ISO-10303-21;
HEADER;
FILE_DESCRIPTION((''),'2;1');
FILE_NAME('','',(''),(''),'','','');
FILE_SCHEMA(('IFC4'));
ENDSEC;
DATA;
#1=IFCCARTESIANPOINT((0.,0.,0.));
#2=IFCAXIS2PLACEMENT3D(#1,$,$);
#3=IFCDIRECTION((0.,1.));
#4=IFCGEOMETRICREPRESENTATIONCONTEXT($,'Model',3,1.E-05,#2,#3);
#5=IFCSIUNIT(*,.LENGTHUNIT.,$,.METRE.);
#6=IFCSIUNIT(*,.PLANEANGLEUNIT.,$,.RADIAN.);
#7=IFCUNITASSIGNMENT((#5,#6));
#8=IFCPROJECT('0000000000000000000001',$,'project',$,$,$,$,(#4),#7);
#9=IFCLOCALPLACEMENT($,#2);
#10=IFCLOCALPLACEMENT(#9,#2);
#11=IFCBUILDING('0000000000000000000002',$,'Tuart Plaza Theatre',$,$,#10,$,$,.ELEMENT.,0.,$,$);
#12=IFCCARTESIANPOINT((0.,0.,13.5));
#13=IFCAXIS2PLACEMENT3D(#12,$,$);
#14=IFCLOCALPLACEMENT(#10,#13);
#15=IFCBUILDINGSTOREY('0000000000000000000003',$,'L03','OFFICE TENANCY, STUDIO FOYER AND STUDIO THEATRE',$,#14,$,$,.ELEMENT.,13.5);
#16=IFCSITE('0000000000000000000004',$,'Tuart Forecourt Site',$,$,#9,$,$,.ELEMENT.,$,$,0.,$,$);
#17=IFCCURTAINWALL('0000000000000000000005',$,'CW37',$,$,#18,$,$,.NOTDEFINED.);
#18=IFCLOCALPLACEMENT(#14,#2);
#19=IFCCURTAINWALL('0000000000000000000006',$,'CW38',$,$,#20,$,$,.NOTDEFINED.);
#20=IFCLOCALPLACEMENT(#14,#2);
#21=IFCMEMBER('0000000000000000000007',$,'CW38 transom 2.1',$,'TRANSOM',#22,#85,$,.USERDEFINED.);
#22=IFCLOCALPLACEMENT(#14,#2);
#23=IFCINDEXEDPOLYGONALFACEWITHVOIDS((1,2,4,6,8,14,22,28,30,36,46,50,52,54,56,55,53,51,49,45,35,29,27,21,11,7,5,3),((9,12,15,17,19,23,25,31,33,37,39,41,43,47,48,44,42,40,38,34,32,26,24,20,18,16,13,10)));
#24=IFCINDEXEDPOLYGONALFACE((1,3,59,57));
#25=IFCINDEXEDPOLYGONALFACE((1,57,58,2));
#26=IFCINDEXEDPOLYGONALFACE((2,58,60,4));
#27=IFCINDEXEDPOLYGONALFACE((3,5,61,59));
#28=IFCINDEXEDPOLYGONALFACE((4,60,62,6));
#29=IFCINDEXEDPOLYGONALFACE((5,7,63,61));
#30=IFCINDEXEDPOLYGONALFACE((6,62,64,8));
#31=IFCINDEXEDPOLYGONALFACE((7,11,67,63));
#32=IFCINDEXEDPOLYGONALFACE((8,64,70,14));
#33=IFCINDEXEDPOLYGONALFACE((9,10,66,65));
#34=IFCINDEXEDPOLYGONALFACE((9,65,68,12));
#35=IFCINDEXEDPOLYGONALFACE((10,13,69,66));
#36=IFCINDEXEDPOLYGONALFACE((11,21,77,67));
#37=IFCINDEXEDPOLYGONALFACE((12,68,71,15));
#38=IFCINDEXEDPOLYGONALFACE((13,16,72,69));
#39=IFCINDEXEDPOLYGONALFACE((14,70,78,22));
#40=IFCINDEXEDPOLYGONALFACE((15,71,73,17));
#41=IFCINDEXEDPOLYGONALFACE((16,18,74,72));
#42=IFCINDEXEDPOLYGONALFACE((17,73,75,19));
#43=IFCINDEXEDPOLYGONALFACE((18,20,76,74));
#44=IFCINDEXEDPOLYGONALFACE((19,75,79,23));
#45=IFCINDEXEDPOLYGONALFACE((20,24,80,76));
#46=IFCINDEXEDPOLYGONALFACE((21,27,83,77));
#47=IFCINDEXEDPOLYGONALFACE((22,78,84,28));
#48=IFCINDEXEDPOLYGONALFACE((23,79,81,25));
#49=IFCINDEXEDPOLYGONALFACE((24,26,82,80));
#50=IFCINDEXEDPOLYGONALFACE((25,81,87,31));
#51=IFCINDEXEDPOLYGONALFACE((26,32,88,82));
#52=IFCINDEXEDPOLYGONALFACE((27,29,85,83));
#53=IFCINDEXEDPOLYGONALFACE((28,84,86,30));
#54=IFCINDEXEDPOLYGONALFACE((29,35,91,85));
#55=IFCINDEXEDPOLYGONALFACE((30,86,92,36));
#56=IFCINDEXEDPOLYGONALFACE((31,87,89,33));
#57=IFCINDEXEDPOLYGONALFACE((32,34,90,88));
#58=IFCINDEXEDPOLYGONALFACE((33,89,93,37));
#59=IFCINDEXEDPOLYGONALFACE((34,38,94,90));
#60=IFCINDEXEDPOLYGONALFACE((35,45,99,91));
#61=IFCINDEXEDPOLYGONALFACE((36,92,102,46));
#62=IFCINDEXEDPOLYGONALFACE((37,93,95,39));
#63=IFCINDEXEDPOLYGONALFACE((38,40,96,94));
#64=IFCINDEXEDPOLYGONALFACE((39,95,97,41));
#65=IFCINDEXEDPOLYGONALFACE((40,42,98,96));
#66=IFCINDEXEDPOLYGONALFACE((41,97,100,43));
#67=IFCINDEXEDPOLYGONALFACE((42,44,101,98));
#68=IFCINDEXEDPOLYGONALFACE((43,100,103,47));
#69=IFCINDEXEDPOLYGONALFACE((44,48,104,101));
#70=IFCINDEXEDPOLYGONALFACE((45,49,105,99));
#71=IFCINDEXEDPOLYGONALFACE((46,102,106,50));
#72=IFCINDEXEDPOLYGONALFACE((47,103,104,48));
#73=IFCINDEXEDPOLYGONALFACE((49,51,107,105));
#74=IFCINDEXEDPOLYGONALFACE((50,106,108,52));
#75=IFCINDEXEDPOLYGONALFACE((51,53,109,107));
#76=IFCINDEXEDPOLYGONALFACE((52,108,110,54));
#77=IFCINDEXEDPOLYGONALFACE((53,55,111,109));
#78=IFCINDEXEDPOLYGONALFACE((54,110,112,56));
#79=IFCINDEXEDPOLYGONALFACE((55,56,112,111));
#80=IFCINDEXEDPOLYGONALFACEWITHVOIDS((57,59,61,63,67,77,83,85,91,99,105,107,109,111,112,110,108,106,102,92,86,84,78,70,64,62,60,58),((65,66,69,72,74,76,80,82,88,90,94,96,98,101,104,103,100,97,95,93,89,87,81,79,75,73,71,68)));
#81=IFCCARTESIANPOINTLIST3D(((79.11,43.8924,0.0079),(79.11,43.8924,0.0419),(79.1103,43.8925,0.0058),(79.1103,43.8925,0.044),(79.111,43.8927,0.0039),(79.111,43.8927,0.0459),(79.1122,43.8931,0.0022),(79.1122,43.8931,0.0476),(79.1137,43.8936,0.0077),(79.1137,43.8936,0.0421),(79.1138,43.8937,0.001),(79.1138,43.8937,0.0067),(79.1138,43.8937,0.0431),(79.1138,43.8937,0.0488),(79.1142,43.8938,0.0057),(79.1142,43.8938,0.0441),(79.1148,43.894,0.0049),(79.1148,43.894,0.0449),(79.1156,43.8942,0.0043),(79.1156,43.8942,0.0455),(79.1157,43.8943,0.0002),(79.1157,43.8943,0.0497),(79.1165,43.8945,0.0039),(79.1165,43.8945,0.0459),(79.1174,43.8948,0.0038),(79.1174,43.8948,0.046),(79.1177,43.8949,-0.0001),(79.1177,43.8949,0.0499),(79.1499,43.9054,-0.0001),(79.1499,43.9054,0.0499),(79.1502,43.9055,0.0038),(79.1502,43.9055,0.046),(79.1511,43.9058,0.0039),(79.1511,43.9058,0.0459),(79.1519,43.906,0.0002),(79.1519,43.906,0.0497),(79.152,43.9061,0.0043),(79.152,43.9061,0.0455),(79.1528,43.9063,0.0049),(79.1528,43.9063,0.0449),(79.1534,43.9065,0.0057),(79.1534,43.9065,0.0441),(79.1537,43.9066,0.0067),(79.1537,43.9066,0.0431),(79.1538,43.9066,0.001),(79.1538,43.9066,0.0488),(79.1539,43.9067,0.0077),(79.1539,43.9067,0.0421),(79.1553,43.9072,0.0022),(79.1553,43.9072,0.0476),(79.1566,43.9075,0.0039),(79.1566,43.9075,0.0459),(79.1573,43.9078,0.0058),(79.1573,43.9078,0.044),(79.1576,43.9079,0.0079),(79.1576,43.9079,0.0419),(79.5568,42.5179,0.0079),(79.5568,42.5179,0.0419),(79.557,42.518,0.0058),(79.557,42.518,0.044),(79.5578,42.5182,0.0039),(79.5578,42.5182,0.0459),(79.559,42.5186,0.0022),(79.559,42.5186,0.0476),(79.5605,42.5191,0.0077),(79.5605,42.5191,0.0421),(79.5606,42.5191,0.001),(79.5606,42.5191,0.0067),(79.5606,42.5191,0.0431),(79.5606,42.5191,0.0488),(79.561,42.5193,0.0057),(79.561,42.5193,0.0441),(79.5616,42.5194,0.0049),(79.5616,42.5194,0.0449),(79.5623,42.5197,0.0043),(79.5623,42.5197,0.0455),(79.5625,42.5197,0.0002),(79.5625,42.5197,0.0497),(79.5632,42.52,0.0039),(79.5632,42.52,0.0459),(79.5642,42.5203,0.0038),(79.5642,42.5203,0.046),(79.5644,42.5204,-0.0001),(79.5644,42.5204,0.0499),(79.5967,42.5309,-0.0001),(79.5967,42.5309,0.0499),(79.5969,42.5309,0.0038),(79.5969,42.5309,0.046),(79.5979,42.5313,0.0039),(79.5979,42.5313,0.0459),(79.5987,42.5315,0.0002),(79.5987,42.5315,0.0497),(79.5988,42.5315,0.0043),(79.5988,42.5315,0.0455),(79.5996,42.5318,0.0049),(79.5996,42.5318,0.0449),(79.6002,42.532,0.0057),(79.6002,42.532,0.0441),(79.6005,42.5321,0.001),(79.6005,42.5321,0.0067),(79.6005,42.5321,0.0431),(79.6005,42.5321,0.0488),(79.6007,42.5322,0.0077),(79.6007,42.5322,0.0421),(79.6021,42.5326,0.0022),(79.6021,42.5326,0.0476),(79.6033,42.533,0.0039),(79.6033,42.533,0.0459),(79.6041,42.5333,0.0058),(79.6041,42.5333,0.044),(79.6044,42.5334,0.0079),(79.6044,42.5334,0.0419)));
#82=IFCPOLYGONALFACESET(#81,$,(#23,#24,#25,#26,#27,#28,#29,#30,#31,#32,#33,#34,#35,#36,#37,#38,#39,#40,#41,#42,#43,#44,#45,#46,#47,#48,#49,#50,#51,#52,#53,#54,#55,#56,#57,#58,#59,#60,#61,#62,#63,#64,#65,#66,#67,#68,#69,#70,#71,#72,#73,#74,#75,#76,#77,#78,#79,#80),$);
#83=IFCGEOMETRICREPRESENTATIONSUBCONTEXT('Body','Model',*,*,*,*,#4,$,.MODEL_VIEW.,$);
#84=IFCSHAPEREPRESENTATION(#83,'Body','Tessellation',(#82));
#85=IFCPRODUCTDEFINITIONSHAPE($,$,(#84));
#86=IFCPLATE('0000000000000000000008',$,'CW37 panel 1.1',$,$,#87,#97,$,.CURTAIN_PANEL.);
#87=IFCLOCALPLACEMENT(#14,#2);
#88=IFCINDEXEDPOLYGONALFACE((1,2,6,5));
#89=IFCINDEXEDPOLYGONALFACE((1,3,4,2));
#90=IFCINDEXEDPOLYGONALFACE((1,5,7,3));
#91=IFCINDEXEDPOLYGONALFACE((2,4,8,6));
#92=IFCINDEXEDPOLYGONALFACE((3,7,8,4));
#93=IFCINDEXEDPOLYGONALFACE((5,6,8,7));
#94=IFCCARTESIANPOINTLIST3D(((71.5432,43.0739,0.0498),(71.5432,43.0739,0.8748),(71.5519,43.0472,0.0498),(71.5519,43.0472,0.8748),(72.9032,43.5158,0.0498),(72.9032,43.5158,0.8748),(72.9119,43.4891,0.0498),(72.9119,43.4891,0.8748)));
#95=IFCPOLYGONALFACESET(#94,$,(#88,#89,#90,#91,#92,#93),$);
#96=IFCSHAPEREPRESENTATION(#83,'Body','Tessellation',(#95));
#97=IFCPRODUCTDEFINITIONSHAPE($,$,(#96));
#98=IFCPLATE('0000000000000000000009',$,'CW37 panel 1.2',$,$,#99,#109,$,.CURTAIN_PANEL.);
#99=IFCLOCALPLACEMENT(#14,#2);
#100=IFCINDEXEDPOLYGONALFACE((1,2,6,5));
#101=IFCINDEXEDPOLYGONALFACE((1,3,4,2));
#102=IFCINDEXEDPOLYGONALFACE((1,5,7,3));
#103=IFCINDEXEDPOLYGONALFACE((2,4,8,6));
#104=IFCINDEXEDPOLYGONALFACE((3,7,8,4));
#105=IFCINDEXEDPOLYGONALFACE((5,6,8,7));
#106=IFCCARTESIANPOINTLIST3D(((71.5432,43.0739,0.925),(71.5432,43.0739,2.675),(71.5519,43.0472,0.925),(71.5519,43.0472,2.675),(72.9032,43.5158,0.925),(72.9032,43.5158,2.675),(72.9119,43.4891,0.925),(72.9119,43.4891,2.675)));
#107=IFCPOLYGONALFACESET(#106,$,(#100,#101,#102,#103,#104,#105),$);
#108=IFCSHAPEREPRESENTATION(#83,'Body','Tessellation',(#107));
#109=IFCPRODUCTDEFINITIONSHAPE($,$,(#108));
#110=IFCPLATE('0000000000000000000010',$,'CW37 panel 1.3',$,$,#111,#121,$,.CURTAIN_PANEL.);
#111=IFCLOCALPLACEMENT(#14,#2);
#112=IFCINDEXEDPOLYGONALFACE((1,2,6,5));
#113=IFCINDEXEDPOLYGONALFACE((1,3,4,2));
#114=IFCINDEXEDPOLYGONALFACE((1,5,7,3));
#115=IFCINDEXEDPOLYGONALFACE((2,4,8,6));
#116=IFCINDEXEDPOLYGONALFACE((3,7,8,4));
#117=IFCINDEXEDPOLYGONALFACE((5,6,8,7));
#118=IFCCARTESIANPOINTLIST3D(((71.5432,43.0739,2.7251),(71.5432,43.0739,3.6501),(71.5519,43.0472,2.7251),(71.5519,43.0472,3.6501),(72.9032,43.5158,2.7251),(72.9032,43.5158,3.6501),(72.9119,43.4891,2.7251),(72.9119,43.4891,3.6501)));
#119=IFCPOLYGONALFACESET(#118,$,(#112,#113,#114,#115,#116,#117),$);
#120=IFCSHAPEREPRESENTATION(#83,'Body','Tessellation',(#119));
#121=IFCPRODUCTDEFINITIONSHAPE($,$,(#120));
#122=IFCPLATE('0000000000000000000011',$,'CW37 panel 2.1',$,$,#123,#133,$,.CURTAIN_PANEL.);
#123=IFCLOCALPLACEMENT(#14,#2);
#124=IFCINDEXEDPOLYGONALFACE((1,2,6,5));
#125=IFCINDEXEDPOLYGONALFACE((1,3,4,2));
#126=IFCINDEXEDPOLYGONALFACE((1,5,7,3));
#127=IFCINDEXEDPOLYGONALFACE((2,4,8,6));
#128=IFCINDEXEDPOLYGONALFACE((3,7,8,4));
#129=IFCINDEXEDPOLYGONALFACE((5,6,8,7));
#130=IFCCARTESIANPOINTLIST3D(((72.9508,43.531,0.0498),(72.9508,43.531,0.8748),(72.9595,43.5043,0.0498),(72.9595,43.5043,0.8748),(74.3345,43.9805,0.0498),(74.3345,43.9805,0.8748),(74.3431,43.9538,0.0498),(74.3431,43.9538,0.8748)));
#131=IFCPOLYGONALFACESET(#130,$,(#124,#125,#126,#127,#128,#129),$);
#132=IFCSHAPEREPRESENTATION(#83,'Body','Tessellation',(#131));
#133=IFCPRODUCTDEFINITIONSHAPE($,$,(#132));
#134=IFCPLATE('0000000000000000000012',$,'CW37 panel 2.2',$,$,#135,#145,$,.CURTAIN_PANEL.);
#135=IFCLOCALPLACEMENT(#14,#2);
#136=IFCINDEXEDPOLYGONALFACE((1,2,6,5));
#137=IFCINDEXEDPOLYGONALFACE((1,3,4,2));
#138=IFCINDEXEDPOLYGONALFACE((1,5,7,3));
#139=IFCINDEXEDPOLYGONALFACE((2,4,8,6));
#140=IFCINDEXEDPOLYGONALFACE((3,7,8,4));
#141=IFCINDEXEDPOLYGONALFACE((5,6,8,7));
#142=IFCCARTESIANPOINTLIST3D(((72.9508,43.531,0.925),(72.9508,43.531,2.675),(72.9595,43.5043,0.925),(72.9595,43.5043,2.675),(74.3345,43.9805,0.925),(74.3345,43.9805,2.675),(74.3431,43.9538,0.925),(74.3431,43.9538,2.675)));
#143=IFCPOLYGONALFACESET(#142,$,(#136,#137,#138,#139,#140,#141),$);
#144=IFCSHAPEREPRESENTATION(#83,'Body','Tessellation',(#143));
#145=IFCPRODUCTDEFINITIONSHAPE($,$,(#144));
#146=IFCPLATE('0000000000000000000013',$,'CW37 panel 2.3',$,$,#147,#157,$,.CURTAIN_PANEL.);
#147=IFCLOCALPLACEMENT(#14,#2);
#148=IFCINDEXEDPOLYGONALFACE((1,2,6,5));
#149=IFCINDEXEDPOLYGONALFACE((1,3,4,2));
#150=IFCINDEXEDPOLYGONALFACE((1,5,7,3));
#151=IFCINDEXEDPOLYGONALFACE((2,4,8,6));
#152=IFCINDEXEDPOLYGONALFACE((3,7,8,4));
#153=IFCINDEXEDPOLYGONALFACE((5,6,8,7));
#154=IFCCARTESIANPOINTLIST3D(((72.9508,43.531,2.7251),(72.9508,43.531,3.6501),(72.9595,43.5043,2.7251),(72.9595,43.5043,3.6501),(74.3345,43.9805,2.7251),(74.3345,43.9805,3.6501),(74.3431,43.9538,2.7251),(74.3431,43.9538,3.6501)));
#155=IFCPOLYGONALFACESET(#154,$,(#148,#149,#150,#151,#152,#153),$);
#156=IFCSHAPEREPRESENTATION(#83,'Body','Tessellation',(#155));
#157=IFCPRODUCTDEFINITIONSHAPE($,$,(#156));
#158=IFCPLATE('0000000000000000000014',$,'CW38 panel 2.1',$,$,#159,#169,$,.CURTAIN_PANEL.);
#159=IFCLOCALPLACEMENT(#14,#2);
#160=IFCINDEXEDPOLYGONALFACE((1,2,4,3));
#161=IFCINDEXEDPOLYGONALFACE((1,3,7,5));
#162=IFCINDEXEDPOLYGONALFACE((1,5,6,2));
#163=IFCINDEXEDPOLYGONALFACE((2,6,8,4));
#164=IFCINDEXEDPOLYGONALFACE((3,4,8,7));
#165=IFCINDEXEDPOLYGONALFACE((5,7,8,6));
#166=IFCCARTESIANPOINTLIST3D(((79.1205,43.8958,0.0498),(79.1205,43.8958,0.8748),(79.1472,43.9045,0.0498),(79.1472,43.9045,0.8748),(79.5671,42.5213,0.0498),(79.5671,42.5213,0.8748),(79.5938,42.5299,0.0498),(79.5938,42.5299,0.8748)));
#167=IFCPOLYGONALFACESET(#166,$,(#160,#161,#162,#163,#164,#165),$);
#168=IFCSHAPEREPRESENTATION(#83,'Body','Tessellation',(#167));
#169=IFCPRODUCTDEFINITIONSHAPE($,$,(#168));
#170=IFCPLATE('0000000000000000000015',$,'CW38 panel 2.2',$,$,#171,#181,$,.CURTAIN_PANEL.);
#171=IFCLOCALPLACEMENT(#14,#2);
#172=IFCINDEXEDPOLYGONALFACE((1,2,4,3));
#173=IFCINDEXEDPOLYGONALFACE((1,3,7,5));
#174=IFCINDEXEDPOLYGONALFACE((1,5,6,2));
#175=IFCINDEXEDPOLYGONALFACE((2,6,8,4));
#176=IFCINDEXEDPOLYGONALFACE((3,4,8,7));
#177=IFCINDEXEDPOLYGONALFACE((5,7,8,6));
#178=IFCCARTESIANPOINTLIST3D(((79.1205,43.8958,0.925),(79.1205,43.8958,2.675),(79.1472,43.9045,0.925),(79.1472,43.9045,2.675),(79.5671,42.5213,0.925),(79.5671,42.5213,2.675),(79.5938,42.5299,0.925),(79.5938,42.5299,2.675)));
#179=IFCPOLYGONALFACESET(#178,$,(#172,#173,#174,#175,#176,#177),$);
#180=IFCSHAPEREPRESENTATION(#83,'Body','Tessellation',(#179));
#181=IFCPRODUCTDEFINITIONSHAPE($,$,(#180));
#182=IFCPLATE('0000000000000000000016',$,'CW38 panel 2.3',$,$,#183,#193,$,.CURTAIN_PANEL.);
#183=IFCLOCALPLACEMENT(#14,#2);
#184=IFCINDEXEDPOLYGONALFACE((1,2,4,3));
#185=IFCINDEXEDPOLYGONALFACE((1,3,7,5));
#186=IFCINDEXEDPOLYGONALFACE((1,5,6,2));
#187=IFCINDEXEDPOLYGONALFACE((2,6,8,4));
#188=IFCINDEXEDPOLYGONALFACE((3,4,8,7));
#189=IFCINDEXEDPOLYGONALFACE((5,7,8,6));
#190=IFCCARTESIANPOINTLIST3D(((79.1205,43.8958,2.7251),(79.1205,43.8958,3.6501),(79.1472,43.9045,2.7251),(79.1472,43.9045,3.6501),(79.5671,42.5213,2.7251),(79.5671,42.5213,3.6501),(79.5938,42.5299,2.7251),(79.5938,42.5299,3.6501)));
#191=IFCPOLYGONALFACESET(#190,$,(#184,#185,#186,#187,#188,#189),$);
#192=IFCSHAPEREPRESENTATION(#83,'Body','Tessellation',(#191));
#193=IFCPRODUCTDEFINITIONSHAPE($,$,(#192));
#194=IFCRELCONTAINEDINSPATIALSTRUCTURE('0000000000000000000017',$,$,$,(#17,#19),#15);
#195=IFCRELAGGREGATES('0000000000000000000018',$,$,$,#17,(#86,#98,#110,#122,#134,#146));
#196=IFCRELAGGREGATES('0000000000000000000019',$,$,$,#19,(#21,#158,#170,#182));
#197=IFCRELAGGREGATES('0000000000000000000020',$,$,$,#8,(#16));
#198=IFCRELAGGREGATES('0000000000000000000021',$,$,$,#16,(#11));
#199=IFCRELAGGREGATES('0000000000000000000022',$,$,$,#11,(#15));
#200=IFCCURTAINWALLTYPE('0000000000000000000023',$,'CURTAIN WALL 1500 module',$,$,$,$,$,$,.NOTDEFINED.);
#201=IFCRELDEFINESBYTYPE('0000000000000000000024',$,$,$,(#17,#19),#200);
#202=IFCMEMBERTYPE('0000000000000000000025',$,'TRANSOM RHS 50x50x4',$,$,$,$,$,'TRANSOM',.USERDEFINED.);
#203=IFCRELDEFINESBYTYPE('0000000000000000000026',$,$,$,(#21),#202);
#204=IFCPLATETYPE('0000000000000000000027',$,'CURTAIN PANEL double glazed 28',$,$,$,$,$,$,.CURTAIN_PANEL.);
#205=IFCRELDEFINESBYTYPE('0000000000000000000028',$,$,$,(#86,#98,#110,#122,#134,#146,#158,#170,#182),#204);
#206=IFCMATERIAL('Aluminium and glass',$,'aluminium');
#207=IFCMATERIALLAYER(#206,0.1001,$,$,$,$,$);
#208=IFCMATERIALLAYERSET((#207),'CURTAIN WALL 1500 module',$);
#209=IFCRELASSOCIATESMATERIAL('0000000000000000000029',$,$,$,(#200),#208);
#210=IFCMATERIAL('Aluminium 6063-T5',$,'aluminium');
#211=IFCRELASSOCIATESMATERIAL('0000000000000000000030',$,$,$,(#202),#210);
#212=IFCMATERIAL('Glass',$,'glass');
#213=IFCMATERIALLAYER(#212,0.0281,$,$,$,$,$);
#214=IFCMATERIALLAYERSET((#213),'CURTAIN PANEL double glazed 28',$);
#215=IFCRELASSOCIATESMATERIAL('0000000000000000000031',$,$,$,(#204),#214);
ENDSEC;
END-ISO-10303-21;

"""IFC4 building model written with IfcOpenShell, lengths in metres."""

from ifc_helpers import new_model, si_unit, direction, frame, origin, origin_2d, place, context, subcontext, project, spatial, rectangle, hollow_rectangle, extrude, material, layer, layer_set, material_profile, profile_set, type_object, element, aggregate, save


model = new_model("IFC4")

# Units and contexts
model_context = context("Model", 3, precision=1e-05, world=origin(), true_north=direction((0.0, 1.0)))
body_context = subcontext(model_context, "Body", "Model", "MODEL_VIEW")
ifc_project = project(units=[si_unit("LENGTHUNIT", "METRE"), si_unit("PLANEANGLEUNIT", "RADIAN")], contexts=[model_context])

# Site, building, storey
site_placement = place(None, origin())
site = spatial("IfcSite", under=ifc_project, at=site_placement, Name="Tuart Forecourt Site", CompositionType="ELEMENT", RefElevation=0.0)
building_placement = place(site_placement, origin())
building = spatial("IfcBuilding", under=site, at=building_placement, Name="Tuart Plaza Theatre", CompositionType="ELEMENT", ElevationOfRefHeight=0.0)
storey_placement = place(building_placement, frame((0.0, 0.0, 13.5)))
storey = spatial("IfcBuildingStorey", under=building, at=storey_placement, Name="L03", Description="OFFICE TENANCY, STUDIO FOYER AND STUDIO THEATRE", CompositionType="ELEMENT", Elevation=13.5)

# Curtain walls
ifc_material_1 = material(Name="Aluminium and glass", Category="aluminium")
ifc_layer_1 = layer(ifc_material_1, 0.1001)
ifc_layer_set_1 = layer_set([ifc_layer_1], Name="CURTAIN WALL 1500 module")
curtain_wall_type = type_object("IfcCurtainWallType", Name="CURTAIN WALL 1500 module", PredefinedType="NOTDEFINED", material=ifc_layer_set_1)
curtain_wall_1_placement = place(storey_placement, origin())
curtain_wall_1 = element("IfcCurtainWall", 1, at=curtain_wall_1_placement, inside=storey, type_object=curtain_wall_type, Name="CW37", PredefinedType="NOTDEFINED")
curtain_wall_2_placement = place(storey_placement, origin())
curtain_wall_2 = element("IfcCurtainWall", 2, at=curtain_wall_2_placement, inside=storey, type_object=curtain_wall_type, Name="CW38", PredefinedType="NOTDEFINED")

# Member
ifc_material_2 = material(Name="Aluminium 6063-T5", Category="aluminium")
ifc_material_profile_1 = material_profile(ifc_material_2, hollow_rectangle(XDim=0.05, YDim=0.05, WallThickness=0.0039, InnerFilletRadius=0.0039, OuterFilletRadius=0.0081, at=origin_2d()), Name="RHS 50x50x4")
ifc_profile_set_1 = profile_set([ifc_material_profile_1], Name="Aluminium 6063-T5")
member_type_1 = type_object("IfcMemberType", Name="TRANSOM RHS 50x50x4", ElementType="TRANSOM", PredefinedType="USERDEFINED", material=ifc_profile_set_1)
member_1_placement = place(storey_placement, frame((79.1338, 43.9001, 0.0249), z_axis=(0.309124, -0.951022, 0.0), x_axis=(0.951022, 0.309124, 0.0)))
member_1 = element("IfcMember", 3, at=member_1_placement, type_object=member_type_1, Name="CW38 transom 2.1", ObjectType="TRANSOM", PredefinedType="USERDEFINED", context=body_context, shape_type="SweptSolid", body=[
    extrude(hollow_rectangle(XDim=0.05, YDim=0.05, WallThickness=0.0039, InnerFilletRadius=0.0039, OuterFilletRadius=0.0081, at=origin_2d()), origin(), (0.0, 0.0, 1.0), 1.4453),
])

# Plates
ifc_material_3 = material(Name="Glass", Category="glass")
ifc_layer_2 = layer(ifc_material_3, 0.0281)
ifc_layer_set_2 = layer_set([ifc_layer_2], Name="CURTAIN PANEL double glazed 28")
plate_type = type_object("IfcPlateType", Name="CURTAIN PANEL double glazed 28", PredefinedType="CURTAIN_PANEL", material=ifc_layer_set_2)
plate_1_placement = place(storey_placement, frame((72.2275, 43.2815, 0.0498), z_axis=(0.0, 0.0, 1.0), x_axis=(0.951067, 0.308986, 0.0)))
plate_1 = element("IfcPlate", 4, at=plate_1_placement, type_object=plate_type, Name="CW37 panel 1.1", PredefinedType="CURTAIN_PANEL", context=body_context, shape_type="SweptSolid", body=[
    extrude(rectangle(XDim=1.4299, YDim=0.0281, at=origin_2d()), origin(), (0.0, 0.0, 1.0), 0.825),
])
plate_2_placement = place(storey_placement, frame((72.2275, 43.2815, 0.925), z_axis=(0.0, 0.0, 1.0), x_axis=(0.951067, 0.308986, 0.0)))
plate_2 = element("IfcPlate", 5, at=plate_2_placement, type_object=plate_type, Name="CW37 panel 1.2", PredefinedType="CURTAIN_PANEL", context=body_context, shape_type="SweptSolid", body=[
    extrude(rectangle(XDim=1.4299, YDim=0.0281, at=origin_2d()), origin(), (0.0, 0.0, 1.0), 1.75),
])
plate_3_placement = place(storey_placement, frame((72.2275, 43.2815, 2.7251), z_axis=(0.0, 0.0, 1.0), x_axis=(0.951067, 0.308986, 0.0)))
plate_3 = element("IfcPlate", 6, at=plate_3_placement, type_object=plate_type, Name="CW37 panel 1.3", PredefinedType="CURTAIN_PANEL", context=body_context, shape_type="SweptSolid", body=[
    extrude(rectangle(XDim=1.4299, YDim=0.0281, at=origin_2d()), origin(), (0.0, 0.0, 1.0), 0.925),
])
plate_4_placement = place(storey_placement, frame((73.647, 43.7424, 0.0498), z_axis=(0.0, 0.0, 1.0), x_axis=(0.951067, 0.308986, 0.0)))
plate_4 = element("IfcPlate", 7, at=plate_4_placement, type_object=plate_type, Name="CW37 panel 2.1", PredefinedType="CURTAIN_PANEL", context=body_context, shape_type="SweptSolid", body=[
    extrude(rectangle(XDim=1.4548, YDim=0.0281, at=origin_2d()), origin(), (0.0, 0.0, 1.0), 0.825),
])
plate_5_placement = place(storey_placement, frame((73.647, 43.7424, 0.925), z_axis=(0.0, 0.0, 1.0), x_axis=(0.951067, 0.308986, 0.0)))
plate_5 = element("IfcPlate", 8, at=plate_5_placement, type_object=plate_type, Name="CW37 panel 2.2", PredefinedType="CURTAIN_PANEL", context=body_context, shape_type="SweptSolid", body=[
    extrude(rectangle(XDim=1.4548, YDim=0.0281, at=origin_2d()), origin(), (0.0, 0.0, 1.0), 1.75),
])
plate_6_placement = place(storey_placement, frame((73.647, 43.7424, 2.7251), z_axis=(0.0, 0.0, 1.0), x_axis=(0.951067, 0.308986, 0.0)))
plate_6 = element("IfcPlate", 9, at=plate_6_placement, type_object=plate_type, Name="CW37 panel 2.3", PredefinedType="CURTAIN_PANEL", context=body_context, shape_type="SweptSolid", body=[
    extrude(rectangle(XDim=1.4548, YDim=0.0281, at=origin_2d()), origin(), (0.0, 0.0, 1.0), 0.925),
])
aggregate(curtain_wall_1, [plate_1, plate_2, plate_3, plate_4, plate_5, plate_6])
plate_7_placement = place(storey_placement, frame((79.3572, 43.2129, 0.0498), z_axis=(0.0, 0.0, 1.0), x_axis=(0.309018, -0.951056, 0.0)))
plate_7 = element("IfcPlate", 10, at=plate_7_placement, type_object=plate_type, Name="CW38 panel 2.1", PredefinedType="CURTAIN_PANEL", context=body_context, shape_type="SweptSolid", body=[
    extrude(rectangle(XDim=1.4453, YDim=0.0281, at=origin_2d()), origin(), (0.0, 0.0, 1.0), 0.825),
])
plate_8_placement = place(storey_placement, frame((79.3572, 43.2129, 0.925), z_axis=(0.0, 0.0, 1.0), x_axis=(0.309018, -0.951056, 0.0)))
plate_8 = element("IfcPlate", 11, at=plate_8_placement, type_object=plate_type, Name="CW38 panel 2.2", PredefinedType="CURTAIN_PANEL", context=body_context, shape_type="SweptSolid", body=[
    extrude(rectangle(XDim=1.4453, YDim=0.0281, at=origin_2d()), origin(), (0.0, 0.0, 1.0), 1.75),
])
plate_9_placement = place(storey_placement, frame((79.3572, 43.2129, 2.7251), z_axis=(0.0, 0.0, 1.0), x_axis=(0.309018, -0.951056, 0.0)))
plate_9 = element("IfcPlate", 12, at=plate_9_placement, type_object=plate_type, Name="CW38 panel 2.3", PredefinedType="CURTAIN_PANEL", context=body_context, shape_type="SweptSolid", body=[
    extrude(rectangle(XDim=1.4453, YDim=0.0281, at=origin_2d()), origin(), (0.0, 0.0, 1.0), 0.925),
])
aggregate(curtain_wall_2, [member_1, plate_7, plate_8, plate_9])

save(model, "model.ifc")
